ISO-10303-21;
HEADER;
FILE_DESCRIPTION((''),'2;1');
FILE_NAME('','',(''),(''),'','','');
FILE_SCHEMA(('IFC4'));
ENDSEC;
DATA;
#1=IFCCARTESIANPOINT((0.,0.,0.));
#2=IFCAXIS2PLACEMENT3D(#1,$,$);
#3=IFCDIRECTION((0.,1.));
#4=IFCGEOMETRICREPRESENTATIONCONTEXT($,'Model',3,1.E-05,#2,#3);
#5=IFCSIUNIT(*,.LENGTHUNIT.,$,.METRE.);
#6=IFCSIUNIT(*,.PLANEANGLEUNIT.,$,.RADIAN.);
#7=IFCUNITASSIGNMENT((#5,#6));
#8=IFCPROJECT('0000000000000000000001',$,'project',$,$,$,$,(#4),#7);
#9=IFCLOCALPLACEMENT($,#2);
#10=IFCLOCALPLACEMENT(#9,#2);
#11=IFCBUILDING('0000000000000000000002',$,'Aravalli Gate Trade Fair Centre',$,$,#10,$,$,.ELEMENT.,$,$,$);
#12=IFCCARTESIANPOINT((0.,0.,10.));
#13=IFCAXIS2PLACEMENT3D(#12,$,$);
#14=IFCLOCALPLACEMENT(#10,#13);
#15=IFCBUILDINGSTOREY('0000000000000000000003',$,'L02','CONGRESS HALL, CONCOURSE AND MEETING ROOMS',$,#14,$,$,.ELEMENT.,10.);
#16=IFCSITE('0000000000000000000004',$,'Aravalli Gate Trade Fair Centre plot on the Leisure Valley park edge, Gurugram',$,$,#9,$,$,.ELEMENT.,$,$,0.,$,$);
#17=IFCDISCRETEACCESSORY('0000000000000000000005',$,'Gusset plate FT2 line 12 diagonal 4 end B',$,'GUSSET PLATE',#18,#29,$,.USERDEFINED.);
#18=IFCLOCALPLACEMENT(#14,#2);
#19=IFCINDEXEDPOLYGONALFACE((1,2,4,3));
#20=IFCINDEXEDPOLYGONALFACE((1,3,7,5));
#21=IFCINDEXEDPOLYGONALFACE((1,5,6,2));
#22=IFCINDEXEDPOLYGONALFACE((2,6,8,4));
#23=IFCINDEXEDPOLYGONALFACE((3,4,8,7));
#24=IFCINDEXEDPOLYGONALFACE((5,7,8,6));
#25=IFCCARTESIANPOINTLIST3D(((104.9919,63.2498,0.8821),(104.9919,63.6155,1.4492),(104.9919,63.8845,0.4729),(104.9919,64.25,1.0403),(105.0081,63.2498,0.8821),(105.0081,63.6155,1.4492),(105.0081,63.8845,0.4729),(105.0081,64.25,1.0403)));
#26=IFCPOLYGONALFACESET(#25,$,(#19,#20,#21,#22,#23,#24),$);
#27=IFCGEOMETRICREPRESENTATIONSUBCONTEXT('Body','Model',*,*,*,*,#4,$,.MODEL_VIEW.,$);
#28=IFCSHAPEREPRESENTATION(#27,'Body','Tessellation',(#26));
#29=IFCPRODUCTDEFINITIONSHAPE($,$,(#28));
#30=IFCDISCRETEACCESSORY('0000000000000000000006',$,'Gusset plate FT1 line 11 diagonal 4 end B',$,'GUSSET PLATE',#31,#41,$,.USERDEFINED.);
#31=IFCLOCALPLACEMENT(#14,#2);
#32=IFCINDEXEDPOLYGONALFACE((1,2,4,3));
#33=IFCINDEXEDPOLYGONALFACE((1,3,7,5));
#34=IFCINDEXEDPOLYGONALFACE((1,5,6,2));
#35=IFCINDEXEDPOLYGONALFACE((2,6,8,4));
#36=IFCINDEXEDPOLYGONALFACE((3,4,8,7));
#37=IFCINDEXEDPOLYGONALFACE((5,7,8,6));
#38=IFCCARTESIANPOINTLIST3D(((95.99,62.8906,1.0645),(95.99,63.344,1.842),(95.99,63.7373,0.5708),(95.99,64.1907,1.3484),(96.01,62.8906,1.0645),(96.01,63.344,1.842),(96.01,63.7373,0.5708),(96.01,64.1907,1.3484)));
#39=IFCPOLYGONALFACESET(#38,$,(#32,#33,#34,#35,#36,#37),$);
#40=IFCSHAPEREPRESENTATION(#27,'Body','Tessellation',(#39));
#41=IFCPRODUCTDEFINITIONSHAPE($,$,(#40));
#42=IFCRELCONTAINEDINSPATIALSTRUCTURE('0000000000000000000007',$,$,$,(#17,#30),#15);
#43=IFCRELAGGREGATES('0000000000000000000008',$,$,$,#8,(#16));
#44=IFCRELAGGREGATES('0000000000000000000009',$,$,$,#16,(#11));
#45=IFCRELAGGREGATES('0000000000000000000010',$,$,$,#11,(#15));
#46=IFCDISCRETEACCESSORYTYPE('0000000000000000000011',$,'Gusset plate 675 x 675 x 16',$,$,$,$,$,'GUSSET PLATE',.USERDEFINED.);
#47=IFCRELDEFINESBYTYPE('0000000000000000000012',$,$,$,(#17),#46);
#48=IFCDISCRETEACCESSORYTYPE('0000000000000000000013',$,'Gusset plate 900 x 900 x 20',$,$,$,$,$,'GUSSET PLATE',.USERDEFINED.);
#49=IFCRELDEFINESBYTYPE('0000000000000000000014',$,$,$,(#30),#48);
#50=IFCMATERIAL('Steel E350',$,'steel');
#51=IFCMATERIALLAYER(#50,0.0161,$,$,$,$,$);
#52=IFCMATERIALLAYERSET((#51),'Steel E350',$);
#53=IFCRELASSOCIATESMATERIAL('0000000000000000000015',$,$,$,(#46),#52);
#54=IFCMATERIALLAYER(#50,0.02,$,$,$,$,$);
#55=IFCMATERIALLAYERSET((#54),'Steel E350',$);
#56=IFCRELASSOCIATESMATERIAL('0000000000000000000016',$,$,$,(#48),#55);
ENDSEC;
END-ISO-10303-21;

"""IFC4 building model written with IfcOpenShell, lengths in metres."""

from ifc_helpers import new_model, si_unit, direction, frame, origin, place, context, subcontext, project, spatial, polyline, outline, extrude, material, layer, layer_set, type_object, element, save


model = new_model("IFC4")

# Units and contexts
model_context = context("Model", 3, precision=1e-05, world=origin(), true_north=direction((0.0, 1.0)))
body_context = subcontext(model_context, "Body", "Model", "MODEL_VIEW")
ifc_project = project(units=[si_unit("LENGTHUNIT", "METRE"), si_unit("PLANEANGLEUNIT", "RADIAN")], contexts=[model_context])

# Site, building, storey
site_placement = place(None, origin())
site = spatial("IfcSite", under=ifc_project, at=site_placement, Name="Aravalli Gate Trade Fair Centre plot on the Leisure Valley park edge, Gurugram", CompositionType="ELEMENT", RefElevation=0.0)
building_placement = place(site_placement, origin())
building = spatial("IfcBuilding", under=site, at=building_placement, Name="Aravalli Gate Trade Fair Centre", CompositionType="ELEMENT")
storey_placement = place(building_placement, frame((0.0, 0.0, 10.0)))
storey = spatial("IfcBuildingStorey", under=building, at=storey_placement, Name="L02", Description="CONGRESS HALL, CONCOURSE AND MEETING ROOMS", CompositionType="ELEMENT", Elevation=10.0)

# Shared definitions
ifc_material_1 = material(Name="Steel E350", Category="steel")

# Discrete accessories
ifc_layer_1 = layer(ifc_material_1, 0.0161)
ifc_layer_set_1 = layer_set([ifc_layer_1], Name="Steel E350")
discrete_accessory_type_1 = type_object("IfcDiscreteAccessoryType", Name="Gusset plate 675 x 675 x 16", ElementType="GUSSET PLATE", PredefinedType="USERDEFINED", material=ifc_layer_set_1)
discrete_accessory_1_placement = place(storey_placement, frame((105.0081, 63.2498, 0.8821), z_axis=(1.0, 0.0, 0.0), x_axis=(0.0, 0.840506, -0.541803)))
element("IfcDiscreteAccessory", 1, at=discrete_accessory_1_placement, inside=storey, type_object=discrete_accessory_type_1, Name="Gusset plate FT2 line 12 diagonal 4 end B", ObjectType="GUSSET PLATE", PredefinedType="USERDEFINED", context=body_context, shape_type="SweptSolid", body=[
    extrude(outline(polyline([(0.0, 0.0), (0.7552, 0.0), (0.755, 0.6749), (0.0001, 0.6748), (0.0, 0.0)])), origin(), (0.0, 0.0, -1.0), 0.0161),
])
ifc_layer_2 = layer(ifc_material_1, 0.02)
ifc_layer_set_2 = layer_set([ifc_layer_2], Name="Steel E350")
discrete_accessory_type_2 = type_object("IfcDiscreteAccessoryType", Name="Gusset plate 900 x 900 x 20", ElementType="GUSSET PLATE", PredefinedType="USERDEFINED", material=ifc_layer_set_2)
discrete_accessory_2_placement = place(storey_placement, frame((96.01, 62.8906, 1.0645), z_axis=(1.0, 0.0, 0.0), x_axis=(0.0, 0.863887, -0.503685)))
element("IfcDiscreteAccessory", 2, at=discrete_accessory_2_placement, inside=storey, type_object=discrete_accessory_type_2, Name="Gusset plate FT1 line 11 diagonal 4 end B", ObjectType="GUSSET PLATE", PredefinedType="USERDEFINED", context=body_context, shape_type="SweptSolid", body=[
    extrude(outline(polyline([(0.0, 0.0), (0.9801, 0.0), (0.9801, 0.9001), (0.0, 0.9001), (0.0, 0.0)])), origin(), (0.0, 0.0, -1.0), 0.02),
])

save(model, "model.ifc")
